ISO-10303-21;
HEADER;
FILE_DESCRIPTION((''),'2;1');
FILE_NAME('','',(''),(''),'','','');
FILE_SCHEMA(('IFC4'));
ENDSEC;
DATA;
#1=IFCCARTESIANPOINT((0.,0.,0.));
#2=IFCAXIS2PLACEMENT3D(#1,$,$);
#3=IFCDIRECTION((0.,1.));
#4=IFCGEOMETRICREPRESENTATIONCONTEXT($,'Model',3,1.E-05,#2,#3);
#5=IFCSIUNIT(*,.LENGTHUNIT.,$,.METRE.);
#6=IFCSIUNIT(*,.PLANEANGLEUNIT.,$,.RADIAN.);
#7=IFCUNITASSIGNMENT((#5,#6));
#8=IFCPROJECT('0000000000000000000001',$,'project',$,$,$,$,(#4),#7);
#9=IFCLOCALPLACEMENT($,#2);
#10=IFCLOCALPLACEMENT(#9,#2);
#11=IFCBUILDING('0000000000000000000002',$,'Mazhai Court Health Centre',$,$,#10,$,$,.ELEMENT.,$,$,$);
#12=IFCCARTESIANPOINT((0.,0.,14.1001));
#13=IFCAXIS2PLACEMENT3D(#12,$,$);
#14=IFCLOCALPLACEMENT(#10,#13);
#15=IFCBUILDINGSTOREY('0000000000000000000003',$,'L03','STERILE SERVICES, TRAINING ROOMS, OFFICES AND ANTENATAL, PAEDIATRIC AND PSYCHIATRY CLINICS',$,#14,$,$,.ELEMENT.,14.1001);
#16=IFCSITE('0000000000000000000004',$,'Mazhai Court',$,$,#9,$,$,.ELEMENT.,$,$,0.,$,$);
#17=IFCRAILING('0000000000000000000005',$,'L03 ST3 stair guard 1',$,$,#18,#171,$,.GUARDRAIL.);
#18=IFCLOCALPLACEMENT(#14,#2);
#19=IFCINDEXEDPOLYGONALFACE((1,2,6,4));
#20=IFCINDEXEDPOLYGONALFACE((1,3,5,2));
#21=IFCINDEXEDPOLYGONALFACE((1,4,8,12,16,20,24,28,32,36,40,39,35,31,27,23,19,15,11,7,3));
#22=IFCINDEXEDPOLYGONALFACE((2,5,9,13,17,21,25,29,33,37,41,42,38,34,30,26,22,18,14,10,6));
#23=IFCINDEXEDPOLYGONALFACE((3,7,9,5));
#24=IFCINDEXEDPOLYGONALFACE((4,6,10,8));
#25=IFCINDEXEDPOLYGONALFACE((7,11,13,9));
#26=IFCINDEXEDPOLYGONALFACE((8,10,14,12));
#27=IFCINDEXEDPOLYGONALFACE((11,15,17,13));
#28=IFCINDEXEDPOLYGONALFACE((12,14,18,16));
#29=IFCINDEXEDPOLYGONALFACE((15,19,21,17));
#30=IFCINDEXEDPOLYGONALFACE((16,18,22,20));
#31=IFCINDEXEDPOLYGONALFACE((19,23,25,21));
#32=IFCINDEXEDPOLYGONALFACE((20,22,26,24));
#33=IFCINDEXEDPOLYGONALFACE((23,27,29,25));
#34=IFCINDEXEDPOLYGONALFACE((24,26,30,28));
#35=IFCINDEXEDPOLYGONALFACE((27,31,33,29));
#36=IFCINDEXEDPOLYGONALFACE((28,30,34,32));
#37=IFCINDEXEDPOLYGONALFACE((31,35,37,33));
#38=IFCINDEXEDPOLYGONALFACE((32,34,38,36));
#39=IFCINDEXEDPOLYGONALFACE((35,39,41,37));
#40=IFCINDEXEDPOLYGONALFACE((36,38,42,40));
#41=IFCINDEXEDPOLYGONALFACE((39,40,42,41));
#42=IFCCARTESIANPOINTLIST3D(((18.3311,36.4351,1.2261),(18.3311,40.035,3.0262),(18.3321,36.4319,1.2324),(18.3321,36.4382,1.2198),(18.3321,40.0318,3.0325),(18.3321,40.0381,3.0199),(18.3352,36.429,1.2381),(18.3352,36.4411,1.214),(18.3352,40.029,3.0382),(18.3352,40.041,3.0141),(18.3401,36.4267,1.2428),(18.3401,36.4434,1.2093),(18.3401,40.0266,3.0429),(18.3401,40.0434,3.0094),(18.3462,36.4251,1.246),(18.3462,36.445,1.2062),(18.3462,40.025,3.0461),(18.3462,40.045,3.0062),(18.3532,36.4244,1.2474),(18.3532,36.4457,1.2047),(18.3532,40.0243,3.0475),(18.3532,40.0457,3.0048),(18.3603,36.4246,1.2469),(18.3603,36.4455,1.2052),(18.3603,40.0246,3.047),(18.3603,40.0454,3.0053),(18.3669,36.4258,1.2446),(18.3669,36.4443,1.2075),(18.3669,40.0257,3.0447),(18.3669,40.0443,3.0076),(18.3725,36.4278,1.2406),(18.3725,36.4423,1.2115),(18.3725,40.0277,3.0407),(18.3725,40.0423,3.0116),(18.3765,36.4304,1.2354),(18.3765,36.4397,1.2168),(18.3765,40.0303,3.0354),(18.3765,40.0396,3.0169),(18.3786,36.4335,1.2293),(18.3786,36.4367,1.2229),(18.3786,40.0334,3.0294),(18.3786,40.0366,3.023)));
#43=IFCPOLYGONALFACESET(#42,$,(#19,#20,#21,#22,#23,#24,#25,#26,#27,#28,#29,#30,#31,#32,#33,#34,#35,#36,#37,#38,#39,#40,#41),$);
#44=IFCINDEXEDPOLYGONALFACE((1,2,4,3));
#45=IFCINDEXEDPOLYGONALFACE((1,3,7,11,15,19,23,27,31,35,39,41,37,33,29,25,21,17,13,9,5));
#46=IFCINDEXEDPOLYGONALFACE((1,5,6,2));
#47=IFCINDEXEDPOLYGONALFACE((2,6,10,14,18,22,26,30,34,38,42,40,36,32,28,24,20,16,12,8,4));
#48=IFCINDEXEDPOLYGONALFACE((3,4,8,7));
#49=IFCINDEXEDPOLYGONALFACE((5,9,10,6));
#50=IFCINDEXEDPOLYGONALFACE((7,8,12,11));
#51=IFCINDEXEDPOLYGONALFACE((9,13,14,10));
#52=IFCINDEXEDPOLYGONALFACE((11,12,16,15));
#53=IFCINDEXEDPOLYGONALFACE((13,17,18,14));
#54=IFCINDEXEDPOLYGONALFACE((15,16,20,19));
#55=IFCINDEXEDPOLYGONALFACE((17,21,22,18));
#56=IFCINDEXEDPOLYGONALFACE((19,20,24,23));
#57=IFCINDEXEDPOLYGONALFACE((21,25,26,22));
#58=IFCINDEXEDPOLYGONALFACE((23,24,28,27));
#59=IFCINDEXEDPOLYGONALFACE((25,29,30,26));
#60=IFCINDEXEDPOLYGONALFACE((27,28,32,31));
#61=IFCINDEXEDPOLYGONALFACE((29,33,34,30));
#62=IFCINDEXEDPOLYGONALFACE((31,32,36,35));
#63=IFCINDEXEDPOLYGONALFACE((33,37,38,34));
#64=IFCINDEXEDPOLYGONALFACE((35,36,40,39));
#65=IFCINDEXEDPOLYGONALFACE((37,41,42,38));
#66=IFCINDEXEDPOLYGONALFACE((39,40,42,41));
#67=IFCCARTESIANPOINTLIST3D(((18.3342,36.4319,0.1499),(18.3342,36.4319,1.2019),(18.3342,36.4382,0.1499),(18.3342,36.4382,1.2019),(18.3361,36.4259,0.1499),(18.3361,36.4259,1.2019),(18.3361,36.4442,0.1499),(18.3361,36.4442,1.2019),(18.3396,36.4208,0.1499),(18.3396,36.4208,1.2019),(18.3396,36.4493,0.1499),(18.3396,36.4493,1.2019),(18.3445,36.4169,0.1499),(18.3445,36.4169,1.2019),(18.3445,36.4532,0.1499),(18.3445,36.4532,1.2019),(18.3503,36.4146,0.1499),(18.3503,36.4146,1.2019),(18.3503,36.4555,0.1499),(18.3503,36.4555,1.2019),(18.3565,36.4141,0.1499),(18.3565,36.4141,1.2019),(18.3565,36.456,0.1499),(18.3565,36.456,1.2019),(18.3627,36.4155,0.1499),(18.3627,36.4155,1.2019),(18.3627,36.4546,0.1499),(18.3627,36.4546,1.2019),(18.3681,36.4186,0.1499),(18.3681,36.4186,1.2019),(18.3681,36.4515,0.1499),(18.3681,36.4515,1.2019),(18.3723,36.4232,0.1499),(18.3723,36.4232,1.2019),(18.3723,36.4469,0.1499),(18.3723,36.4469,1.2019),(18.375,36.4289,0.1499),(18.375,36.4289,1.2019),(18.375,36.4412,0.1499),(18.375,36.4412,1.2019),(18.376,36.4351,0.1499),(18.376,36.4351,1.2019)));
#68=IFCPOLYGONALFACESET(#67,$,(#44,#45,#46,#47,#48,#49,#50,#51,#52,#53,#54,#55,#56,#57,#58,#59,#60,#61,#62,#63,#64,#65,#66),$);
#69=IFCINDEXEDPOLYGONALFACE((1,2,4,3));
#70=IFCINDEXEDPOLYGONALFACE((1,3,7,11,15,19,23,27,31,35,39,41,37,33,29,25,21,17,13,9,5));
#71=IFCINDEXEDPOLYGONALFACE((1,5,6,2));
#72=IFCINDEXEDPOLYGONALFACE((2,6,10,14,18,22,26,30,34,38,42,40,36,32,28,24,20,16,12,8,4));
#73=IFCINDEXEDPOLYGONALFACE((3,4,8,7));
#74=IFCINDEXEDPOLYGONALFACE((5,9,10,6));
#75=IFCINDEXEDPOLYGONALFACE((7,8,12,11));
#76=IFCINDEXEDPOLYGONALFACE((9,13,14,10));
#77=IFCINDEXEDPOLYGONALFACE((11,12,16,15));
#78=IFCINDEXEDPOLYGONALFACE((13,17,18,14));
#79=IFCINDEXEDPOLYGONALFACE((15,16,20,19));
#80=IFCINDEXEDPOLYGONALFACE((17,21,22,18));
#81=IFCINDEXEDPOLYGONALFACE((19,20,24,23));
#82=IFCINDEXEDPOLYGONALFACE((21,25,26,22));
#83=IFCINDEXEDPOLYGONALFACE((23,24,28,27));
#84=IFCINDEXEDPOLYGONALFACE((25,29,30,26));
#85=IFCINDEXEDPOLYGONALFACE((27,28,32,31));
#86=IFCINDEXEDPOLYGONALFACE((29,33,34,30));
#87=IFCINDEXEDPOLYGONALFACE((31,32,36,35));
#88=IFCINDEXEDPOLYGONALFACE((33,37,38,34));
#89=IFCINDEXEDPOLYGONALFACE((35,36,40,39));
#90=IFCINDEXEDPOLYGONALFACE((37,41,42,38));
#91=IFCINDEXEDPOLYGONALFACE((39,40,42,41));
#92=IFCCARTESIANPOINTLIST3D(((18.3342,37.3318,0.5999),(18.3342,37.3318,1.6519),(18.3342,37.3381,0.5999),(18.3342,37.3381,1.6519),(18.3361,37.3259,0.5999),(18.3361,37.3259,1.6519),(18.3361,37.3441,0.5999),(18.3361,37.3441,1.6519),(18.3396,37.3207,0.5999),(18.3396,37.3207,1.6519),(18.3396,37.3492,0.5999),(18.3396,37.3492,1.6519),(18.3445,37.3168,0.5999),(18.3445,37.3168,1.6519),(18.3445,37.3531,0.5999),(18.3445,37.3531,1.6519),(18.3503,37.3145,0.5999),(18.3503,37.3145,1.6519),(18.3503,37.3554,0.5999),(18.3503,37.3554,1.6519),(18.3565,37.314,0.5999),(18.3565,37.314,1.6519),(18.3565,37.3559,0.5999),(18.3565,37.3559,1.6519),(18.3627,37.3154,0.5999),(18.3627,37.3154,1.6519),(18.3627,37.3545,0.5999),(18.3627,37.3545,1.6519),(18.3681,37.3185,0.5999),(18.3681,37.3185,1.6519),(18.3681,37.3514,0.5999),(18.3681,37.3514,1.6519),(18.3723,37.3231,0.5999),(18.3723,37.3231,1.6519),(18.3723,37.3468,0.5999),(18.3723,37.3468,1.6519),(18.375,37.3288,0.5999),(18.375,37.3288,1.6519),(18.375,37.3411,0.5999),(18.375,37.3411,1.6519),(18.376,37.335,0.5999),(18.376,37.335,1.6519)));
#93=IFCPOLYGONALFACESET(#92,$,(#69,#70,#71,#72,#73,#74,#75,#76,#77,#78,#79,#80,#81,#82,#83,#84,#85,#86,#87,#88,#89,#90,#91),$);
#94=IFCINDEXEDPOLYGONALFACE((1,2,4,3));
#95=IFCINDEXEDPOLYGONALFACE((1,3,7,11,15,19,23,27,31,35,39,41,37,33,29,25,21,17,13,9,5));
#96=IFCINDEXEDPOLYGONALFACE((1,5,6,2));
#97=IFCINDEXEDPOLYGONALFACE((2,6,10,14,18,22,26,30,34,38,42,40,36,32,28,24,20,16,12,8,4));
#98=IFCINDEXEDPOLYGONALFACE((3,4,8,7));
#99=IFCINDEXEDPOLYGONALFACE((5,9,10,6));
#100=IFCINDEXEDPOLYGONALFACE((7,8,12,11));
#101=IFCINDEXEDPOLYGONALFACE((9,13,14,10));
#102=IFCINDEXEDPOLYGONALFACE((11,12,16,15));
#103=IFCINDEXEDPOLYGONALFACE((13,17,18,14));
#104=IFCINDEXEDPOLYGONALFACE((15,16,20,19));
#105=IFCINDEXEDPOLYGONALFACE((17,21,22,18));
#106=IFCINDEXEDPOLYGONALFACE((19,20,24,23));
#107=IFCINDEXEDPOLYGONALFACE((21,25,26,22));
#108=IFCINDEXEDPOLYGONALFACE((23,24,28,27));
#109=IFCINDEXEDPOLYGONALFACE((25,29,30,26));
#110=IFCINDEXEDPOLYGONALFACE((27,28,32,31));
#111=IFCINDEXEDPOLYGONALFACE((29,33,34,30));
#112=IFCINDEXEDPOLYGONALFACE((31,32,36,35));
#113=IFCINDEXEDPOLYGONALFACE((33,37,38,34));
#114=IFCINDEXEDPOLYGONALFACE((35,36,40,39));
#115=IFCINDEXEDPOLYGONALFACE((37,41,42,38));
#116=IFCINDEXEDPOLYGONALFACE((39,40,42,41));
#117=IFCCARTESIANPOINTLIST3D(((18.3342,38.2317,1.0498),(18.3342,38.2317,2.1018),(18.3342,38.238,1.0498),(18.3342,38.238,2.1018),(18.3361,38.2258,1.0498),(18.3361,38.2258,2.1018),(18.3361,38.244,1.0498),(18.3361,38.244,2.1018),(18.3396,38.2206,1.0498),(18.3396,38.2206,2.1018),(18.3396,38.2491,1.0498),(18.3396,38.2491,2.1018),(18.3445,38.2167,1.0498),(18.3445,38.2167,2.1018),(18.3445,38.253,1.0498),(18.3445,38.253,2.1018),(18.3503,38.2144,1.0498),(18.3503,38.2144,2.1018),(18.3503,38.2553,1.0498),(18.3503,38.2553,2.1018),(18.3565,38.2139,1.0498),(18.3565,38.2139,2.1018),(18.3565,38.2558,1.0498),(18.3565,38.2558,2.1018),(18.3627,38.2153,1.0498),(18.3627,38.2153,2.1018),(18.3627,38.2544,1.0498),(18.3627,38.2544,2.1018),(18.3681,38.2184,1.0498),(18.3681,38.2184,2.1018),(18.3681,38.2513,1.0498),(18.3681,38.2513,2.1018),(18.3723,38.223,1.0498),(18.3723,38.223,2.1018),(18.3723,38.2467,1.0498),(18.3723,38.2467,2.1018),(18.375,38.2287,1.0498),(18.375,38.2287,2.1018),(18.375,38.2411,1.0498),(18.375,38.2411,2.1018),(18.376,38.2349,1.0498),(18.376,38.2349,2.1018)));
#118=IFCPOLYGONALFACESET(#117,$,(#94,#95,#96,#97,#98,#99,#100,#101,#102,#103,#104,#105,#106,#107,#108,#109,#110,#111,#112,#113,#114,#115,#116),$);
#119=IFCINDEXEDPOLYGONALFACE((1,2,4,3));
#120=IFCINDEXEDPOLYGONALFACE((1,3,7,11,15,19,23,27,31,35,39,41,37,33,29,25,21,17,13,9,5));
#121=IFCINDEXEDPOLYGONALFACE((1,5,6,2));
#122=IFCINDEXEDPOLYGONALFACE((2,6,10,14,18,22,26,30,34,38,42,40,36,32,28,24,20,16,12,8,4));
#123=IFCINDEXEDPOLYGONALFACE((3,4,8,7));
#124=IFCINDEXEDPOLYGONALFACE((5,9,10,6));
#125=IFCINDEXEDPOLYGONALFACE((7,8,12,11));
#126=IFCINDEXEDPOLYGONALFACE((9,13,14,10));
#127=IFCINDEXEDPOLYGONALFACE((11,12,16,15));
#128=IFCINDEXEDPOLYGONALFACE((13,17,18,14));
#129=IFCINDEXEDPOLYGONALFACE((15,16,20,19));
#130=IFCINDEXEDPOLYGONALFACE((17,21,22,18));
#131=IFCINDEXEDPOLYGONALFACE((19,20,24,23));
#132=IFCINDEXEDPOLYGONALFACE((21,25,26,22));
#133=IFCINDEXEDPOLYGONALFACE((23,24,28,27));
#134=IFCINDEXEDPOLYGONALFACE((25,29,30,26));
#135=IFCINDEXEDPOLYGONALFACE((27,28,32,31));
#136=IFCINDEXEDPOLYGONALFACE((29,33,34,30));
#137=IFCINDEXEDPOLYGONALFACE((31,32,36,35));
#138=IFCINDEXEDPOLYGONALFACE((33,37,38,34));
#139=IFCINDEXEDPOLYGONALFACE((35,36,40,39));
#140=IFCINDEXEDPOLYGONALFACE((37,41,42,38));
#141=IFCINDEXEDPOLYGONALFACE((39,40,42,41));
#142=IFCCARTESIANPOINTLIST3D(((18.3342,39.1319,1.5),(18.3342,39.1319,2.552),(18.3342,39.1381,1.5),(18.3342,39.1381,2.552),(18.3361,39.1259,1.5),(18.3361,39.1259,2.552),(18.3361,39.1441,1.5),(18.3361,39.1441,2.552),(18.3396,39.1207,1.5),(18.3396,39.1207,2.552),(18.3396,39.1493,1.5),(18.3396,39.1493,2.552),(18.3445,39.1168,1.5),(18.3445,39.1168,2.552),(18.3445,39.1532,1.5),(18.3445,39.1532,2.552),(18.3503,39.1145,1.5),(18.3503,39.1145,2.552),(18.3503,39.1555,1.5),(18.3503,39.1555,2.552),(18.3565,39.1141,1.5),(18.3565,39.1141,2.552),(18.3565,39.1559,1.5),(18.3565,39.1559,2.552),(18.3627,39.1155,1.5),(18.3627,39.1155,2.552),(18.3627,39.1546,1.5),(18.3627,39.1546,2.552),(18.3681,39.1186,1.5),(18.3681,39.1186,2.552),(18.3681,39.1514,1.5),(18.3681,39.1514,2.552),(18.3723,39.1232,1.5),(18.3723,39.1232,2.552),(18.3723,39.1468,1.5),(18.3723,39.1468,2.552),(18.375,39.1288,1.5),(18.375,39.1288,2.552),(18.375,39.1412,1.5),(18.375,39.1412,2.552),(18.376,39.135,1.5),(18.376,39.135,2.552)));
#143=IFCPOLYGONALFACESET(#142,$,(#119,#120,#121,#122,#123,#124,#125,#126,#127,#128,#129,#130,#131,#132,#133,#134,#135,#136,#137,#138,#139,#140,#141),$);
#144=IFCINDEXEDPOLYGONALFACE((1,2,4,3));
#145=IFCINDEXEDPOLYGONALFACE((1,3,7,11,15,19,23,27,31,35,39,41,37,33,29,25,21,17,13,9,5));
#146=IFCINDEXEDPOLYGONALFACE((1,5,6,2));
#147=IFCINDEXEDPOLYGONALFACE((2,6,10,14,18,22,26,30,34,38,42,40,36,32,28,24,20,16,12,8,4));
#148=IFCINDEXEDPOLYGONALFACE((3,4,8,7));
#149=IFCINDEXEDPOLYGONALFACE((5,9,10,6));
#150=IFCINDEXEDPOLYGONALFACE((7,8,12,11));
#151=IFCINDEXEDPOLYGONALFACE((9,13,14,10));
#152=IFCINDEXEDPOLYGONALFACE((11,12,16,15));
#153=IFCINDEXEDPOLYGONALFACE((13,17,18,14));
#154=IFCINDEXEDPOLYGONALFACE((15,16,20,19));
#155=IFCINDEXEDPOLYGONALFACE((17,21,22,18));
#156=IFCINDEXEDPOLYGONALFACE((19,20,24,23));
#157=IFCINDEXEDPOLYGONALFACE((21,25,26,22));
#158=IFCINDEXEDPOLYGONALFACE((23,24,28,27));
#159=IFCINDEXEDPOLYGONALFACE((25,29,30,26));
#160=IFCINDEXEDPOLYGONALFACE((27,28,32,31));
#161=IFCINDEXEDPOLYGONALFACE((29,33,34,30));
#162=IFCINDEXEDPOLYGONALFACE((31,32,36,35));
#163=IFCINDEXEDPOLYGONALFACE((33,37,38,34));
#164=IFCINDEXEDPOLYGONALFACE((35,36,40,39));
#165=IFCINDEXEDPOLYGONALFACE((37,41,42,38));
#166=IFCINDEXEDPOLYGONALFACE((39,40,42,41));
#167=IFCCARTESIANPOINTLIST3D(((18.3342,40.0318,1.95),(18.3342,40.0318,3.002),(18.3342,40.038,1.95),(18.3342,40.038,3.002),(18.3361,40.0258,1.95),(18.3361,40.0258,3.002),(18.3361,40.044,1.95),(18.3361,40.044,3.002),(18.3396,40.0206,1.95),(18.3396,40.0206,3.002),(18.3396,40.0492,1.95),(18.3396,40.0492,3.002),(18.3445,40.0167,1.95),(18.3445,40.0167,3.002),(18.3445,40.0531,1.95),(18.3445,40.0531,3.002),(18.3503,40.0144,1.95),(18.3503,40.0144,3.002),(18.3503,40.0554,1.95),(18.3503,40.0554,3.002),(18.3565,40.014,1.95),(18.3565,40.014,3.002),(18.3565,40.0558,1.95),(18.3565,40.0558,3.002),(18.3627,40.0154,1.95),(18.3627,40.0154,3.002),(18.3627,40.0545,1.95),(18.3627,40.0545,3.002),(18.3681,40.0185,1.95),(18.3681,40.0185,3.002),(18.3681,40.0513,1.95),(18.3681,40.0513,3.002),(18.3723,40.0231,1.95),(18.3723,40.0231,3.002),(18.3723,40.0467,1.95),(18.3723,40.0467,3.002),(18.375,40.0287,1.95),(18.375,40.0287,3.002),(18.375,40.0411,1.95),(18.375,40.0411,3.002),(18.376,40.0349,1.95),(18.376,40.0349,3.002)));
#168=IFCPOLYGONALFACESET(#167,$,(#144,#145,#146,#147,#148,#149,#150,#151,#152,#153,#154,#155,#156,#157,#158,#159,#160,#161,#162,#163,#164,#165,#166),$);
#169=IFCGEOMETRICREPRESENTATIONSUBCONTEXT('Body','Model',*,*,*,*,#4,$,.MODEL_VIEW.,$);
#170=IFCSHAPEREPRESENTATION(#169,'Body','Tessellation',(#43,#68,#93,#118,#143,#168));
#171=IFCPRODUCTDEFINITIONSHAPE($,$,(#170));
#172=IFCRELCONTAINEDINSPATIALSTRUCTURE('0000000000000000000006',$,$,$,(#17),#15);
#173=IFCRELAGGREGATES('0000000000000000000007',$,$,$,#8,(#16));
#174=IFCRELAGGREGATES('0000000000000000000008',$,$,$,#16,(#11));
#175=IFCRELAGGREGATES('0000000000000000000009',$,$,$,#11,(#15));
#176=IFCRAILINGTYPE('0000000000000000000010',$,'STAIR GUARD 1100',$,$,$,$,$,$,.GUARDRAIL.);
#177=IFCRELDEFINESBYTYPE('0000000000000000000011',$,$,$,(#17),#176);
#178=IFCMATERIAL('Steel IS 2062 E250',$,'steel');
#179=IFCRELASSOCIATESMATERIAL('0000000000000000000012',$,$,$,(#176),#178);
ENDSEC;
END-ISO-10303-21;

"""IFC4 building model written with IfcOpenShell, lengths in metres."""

from ifc_helpers import new_model, si_unit, direction, frame, origin, origin_2d, place, context, subcontext, project, spatial, circle, extrude, material, type_object, element, save


model = new_model("IFC4")

# Units and contexts
model_context = context("Model", 3, precision=1e-05, world=origin(), true_north=direction((0.0, 1.0)))
body_context = subcontext(model_context, "Body", "Model", "MODEL_VIEW")
ifc_project = project(units=[si_unit("LENGTHUNIT", "METRE"), si_unit("PLANEANGLEUNIT", "RADIAN")], contexts=[model_context])

# Site, building, storey
site_placement = place(None, origin())
site = spatial("IfcSite", under=ifc_project, at=site_placement, Name="Mazhai Court", CompositionType="ELEMENT", RefElevation=0.0)
building_placement = place(site_placement, origin())
building = spatial("IfcBuilding", under=site, at=building_placement, Name="Mazhai Court Health Centre", CompositionType="ELEMENT")
storey_placement = place(building_placement, frame((0.0, 0.0, 14.1001)))
storey = spatial("IfcBuildingStorey", under=building, at=storey_placement, Name="L03", Description="STERILE SERVICES, TRAINING ROOMS, OFFICES AND ANTENATAL, PAEDIATRIC AND PSYCHIATRY CLINICS", CompositionType="ELEMENT", Elevation=14.1001)

# Railing
ifc_material_1 = material(Name="Steel IS 2062 E250", Category="steel")
railing_type_1 = type_object("IfcRailingType", Name="STAIR GUARD 1100", PredefinedType="GUARDRAIL", material=ifc_material_1)
railing_1_placement = place(storey_placement, frame((18.355, 36.4351, 0.1499)))
element("IfcRailing", 1, at=railing_1_placement, inside=storey, type_object=railing_type_1, Name="L03 ST3 stair guard 1", PredefinedType="GUARDRAIL", context=body_context, shape_type="SweptSolid", body=[
    extrude(circle(Radius=0.0239, at=origin_2d()), frame((0.0, 0.0, 1.0762), z_axis=(0.0, 0.894415, 0.447238), x_axis=(-1.0, 0.0, 0.0)), (0.0, 0.0, 1.0), 4.0249),
    extrude(circle(Radius=0.021, at=origin_2d()), origin(), (0.0, 0.0, 1.0), 1.052),
    extrude(circle(Radius=0.021, at=origin_2d()), frame((0.0, 0.8999, 0.45)), (0.0, 0.0, 1.0), 1.052),
    extrude(circle(Radius=0.021, at=origin_2d()), frame((0.0, 1.7998, 0.8999)), (0.0, 0.0, 1.0), 1.052),
    extrude(circle(Radius=0.021, at=origin_2d()), frame((0.0, 2.7, 1.3501)), (0.0, 0.0, 1.0), 1.052),
    extrude(circle(Radius=0.021, at=origin_2d()), frame((0.0, 3.5999, 1.8)), (0.0, 0.0, 1.0), 1.052),
])

save(model, "model.ifc")
